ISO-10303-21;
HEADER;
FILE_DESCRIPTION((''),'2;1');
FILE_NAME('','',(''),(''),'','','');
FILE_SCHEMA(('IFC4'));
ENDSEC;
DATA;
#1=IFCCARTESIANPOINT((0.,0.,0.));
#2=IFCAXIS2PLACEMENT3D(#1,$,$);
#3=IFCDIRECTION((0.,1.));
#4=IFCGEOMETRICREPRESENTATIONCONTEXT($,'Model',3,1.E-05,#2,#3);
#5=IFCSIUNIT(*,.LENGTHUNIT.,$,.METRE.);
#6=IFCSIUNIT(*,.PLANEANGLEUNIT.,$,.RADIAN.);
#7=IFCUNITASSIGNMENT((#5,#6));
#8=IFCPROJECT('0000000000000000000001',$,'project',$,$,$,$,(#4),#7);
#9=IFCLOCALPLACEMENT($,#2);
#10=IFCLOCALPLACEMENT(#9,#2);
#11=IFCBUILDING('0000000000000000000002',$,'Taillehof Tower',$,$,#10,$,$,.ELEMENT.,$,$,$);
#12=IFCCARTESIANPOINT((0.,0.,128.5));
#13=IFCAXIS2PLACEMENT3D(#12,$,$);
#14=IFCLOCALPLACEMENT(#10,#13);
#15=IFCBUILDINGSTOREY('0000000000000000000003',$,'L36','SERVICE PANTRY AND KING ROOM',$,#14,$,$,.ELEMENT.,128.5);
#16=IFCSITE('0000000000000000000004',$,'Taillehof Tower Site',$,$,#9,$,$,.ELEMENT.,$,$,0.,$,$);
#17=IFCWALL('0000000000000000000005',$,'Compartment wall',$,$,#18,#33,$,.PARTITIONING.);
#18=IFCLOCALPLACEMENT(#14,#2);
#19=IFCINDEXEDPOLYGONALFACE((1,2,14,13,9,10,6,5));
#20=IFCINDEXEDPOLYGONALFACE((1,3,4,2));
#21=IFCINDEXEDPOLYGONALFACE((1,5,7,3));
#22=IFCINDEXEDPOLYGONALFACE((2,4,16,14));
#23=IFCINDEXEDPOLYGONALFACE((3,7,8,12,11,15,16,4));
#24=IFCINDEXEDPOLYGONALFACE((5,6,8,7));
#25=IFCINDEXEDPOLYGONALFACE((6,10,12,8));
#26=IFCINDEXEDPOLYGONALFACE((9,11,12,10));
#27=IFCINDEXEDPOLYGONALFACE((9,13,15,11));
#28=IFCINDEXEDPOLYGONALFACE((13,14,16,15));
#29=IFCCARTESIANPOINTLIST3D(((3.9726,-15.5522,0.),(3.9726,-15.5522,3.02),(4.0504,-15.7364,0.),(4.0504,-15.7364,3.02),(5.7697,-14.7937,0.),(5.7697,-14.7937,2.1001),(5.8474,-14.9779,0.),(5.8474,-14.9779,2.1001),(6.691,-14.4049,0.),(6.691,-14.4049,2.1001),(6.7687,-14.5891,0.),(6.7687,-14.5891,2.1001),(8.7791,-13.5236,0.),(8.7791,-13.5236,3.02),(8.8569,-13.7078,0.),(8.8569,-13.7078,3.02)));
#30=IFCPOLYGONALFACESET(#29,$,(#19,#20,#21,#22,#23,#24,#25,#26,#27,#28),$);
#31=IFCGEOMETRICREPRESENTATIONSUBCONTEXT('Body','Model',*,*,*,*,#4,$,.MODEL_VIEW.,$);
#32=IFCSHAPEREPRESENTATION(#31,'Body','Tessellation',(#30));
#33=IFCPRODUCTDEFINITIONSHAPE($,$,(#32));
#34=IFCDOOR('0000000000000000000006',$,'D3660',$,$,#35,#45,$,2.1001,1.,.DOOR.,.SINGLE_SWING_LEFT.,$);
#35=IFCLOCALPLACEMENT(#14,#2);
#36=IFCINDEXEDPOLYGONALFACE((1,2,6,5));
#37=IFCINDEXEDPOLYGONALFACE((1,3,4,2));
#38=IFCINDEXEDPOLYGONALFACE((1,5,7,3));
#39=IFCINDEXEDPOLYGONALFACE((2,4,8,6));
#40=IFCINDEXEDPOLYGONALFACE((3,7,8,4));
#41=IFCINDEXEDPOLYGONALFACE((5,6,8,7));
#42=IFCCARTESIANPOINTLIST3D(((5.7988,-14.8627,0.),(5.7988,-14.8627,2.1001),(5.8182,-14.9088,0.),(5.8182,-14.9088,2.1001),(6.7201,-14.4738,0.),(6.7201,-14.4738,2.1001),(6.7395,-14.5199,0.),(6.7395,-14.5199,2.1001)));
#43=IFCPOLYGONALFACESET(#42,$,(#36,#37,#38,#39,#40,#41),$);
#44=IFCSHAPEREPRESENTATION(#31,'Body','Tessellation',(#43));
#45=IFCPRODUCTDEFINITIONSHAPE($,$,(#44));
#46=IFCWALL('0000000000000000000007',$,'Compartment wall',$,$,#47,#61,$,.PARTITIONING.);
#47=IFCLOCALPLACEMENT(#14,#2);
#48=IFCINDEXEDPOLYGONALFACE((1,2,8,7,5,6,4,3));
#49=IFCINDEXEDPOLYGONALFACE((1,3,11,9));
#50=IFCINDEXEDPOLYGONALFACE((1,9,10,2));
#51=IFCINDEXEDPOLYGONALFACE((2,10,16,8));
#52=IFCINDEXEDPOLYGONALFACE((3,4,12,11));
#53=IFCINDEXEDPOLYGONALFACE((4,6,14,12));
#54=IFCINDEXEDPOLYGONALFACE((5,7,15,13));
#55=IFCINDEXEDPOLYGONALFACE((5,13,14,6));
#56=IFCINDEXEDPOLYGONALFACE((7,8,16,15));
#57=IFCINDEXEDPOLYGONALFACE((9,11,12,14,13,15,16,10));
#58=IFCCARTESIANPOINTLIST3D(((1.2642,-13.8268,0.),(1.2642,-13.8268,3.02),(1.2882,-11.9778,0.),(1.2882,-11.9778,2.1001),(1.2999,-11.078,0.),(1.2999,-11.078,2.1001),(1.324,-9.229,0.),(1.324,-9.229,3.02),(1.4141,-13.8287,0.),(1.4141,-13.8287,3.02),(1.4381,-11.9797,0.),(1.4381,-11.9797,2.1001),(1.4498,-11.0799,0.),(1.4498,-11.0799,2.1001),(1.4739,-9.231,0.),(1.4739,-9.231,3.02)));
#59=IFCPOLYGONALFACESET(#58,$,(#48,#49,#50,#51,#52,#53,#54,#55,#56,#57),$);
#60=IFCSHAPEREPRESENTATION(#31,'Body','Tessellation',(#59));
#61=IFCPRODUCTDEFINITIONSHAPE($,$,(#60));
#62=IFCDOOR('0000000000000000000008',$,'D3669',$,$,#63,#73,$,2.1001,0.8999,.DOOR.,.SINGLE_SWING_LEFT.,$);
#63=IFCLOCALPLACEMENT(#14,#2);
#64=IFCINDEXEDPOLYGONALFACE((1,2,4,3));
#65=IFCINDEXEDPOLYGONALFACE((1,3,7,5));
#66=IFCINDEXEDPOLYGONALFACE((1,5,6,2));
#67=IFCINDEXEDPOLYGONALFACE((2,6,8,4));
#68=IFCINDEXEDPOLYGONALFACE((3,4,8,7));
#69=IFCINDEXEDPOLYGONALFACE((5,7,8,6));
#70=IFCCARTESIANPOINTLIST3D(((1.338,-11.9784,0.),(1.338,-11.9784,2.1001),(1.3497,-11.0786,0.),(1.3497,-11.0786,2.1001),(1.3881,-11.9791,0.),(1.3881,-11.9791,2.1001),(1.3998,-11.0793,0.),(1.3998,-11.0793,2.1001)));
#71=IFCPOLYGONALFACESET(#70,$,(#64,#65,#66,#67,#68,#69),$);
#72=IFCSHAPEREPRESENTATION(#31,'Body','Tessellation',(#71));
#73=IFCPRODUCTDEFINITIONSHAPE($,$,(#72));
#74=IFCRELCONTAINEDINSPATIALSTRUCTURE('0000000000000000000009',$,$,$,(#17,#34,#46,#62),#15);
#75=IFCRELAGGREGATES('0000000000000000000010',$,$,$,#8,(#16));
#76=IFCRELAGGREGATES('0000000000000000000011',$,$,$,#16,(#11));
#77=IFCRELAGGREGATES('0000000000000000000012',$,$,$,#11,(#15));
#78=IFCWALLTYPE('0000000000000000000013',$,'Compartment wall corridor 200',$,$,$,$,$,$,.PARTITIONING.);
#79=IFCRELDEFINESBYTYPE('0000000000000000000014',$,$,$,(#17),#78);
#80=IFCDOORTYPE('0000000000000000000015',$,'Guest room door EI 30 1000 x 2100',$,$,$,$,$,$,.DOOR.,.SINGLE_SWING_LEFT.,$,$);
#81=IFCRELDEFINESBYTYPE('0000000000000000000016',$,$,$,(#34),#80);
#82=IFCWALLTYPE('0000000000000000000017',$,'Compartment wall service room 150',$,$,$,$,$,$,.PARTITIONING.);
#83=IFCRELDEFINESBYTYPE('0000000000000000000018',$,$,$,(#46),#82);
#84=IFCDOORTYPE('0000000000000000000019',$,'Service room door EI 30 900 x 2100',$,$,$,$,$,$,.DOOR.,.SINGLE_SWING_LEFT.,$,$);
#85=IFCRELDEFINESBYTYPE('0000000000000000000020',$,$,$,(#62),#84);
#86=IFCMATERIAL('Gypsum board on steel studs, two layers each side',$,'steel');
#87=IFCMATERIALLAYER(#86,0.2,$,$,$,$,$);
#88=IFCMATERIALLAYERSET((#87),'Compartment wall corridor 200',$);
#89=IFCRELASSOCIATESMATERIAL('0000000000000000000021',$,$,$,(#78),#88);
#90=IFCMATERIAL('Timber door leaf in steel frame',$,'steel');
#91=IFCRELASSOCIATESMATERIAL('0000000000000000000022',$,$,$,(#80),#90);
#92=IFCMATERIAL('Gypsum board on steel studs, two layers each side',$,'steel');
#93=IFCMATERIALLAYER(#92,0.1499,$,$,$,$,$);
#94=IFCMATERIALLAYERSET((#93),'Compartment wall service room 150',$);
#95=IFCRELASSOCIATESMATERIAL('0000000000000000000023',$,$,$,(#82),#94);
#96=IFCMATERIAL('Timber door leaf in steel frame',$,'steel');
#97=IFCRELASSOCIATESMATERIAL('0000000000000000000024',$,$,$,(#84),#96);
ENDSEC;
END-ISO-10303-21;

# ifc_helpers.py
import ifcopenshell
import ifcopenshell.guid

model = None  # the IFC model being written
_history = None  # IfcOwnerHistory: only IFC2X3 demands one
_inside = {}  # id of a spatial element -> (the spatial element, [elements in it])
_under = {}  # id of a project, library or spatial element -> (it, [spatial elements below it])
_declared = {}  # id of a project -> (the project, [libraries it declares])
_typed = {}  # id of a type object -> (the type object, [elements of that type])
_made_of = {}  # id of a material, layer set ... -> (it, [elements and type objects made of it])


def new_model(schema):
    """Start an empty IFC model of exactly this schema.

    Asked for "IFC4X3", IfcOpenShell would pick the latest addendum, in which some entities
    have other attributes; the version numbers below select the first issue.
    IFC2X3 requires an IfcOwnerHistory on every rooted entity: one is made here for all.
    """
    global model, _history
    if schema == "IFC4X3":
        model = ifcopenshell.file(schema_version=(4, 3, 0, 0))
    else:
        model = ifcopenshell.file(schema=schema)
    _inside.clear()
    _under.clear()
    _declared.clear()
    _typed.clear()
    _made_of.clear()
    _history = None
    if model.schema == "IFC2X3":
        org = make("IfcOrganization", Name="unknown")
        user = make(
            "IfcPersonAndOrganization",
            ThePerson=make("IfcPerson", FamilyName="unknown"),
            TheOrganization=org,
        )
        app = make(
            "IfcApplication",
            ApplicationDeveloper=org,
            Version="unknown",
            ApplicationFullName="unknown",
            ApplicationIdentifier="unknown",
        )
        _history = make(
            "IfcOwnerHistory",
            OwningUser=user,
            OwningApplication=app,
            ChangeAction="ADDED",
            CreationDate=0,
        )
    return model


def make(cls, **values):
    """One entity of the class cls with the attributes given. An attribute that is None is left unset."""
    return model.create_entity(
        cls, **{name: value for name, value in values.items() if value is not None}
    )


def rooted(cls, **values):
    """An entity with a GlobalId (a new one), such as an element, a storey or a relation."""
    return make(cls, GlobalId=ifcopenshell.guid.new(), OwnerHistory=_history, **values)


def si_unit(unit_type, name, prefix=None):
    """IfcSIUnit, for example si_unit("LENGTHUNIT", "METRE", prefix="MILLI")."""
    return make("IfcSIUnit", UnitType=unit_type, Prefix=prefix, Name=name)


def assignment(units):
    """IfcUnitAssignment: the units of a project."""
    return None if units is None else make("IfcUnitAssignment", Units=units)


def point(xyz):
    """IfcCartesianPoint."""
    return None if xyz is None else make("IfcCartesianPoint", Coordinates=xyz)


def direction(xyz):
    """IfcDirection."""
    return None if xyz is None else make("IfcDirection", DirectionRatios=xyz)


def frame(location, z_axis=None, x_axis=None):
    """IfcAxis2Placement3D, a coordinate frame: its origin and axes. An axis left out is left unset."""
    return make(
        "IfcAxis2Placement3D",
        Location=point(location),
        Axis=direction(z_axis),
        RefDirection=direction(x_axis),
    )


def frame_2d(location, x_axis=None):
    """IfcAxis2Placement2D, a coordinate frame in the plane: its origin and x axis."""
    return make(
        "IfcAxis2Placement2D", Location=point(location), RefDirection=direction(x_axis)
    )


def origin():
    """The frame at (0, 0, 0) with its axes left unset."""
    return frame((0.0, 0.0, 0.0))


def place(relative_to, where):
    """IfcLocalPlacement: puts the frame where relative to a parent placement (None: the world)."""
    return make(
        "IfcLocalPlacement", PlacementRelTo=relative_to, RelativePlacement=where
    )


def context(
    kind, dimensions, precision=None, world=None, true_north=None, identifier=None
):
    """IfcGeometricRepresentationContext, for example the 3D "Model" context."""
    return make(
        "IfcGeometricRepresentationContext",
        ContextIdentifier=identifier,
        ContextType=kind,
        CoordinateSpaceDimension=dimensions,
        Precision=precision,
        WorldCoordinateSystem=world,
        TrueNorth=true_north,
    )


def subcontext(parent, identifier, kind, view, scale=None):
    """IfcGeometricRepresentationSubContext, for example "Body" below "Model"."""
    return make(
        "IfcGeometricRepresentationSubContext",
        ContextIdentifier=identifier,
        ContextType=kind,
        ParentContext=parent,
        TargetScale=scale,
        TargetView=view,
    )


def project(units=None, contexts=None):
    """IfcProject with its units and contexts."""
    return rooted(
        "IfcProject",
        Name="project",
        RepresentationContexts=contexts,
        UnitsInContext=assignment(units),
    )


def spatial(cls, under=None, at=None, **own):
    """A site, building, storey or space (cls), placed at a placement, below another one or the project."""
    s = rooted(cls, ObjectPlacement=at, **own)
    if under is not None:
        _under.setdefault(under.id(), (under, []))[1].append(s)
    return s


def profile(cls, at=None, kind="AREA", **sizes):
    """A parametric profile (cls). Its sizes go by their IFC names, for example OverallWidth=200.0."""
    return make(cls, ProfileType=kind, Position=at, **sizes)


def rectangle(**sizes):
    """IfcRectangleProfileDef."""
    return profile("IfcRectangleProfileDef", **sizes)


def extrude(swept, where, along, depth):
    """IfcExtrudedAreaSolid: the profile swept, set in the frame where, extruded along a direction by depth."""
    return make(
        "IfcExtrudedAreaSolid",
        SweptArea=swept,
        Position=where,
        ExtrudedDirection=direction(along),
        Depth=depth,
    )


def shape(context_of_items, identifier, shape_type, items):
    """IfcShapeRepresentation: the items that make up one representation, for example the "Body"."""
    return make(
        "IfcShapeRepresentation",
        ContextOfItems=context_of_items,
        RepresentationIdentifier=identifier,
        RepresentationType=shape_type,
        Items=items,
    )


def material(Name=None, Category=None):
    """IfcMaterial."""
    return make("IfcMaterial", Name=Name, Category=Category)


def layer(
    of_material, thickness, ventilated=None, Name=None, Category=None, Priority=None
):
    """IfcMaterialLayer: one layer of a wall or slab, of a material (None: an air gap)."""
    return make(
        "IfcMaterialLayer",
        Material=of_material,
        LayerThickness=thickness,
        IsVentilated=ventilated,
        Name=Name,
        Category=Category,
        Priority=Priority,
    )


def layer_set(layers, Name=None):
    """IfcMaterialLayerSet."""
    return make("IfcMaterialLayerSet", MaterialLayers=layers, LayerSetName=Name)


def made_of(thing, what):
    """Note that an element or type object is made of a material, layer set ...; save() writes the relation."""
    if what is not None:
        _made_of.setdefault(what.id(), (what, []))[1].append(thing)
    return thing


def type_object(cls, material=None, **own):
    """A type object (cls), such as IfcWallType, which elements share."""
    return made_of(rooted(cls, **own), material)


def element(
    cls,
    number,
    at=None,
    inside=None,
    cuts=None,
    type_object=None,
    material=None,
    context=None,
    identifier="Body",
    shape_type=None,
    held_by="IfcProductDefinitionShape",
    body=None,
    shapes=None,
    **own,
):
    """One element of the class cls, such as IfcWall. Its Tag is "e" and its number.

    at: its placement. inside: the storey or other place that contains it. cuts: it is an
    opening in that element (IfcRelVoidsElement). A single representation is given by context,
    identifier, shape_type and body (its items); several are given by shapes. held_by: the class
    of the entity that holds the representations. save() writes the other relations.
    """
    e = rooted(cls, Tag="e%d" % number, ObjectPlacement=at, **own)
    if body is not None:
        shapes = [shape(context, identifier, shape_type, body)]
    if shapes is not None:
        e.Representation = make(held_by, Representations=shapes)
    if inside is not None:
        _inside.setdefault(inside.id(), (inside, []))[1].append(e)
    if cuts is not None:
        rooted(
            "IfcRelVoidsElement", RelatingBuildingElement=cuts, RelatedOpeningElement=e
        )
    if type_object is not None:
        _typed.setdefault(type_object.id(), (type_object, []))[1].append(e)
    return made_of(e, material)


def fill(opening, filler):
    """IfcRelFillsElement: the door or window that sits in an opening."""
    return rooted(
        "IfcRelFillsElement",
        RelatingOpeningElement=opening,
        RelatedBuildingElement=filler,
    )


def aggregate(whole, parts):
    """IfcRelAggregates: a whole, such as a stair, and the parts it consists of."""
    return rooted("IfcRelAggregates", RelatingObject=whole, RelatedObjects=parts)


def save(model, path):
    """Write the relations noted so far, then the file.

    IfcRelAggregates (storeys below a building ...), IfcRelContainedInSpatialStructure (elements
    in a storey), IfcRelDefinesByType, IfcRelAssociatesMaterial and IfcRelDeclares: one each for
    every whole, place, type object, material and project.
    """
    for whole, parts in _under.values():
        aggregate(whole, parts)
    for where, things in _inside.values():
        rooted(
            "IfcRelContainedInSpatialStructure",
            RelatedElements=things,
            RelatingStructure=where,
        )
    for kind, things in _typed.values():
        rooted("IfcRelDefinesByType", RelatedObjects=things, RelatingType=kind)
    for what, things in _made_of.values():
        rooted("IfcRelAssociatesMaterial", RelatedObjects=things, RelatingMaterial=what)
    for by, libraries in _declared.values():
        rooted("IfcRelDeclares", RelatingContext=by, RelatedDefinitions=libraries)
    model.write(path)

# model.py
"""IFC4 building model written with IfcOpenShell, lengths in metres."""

from ifc_helpers import new_model, si_unit, direction, frame, frame_2d, origin, place, context, subcontext, project, spatial, rectangle, extrude, material, layer, layer_set, type_object, element, fill, save


model = new_model("IFC4")

# Units and contexts
model_context = context("Model", 3, precision=1e-05, world=origin(), true_north=direction((0.0, 1.0)))
body_context = subcontext(model_context, "Body", "Model", "MODEL_VIEW")
ifc_project = project(units=[si_unit("LENGTHUNIT", "METRE"), si_unit("PLANEANGLEUNIT", "RADIAN")], contexts=[model_context])

# Site, building, storey
site_placement = place(None, origin())
site = spatial("IfcSite", under=ifc_project, at=site_placement, Name="Taillehof Tower Site", CompositionType="ELEMENT", RefElevation=0.0)
building_placement = place(site_placement, origin())
building = spatial("IfcBuilding", under=site, at=building_placement, Name="Taillehof Tower", CompositionType="ELEMENT")
storey_placement = place(building_placement, frame((0.0, 0.0, 128.5)))
storey = spatial("IfcBuildingStorey", under=building, at=storey_placement, Name="L36", Description="SERVICE PANTRY AND KING ROOM", CompositionType="ELEMENT", Elevation=128.5)

# Walls, openings, doors
ifc_material_1 = material(Name="Gypsum board on steel studs, two layers each side", Category="steel")
ifc_layer_1 = layer(ifc_material_1, 0.2)
ifc_layer_set_1 = layer_set([ifc_layer_1], Name="Compartment wall corridor 200")
wall_type_1 = type_object("IfcWallType", Name="Compartment wall corridor 200", PredefinedType="PARTITIONING", material=ifc_layer_set_1)
wall_1_placement = place(storey_placement, frame((8.8179, -13.6157, 0.0), z_axis=(0.0, 0.0, 1.0), x_axis=(-0.921305, -0.388841, 0.0)))
wall_1 = element("IfcWall", 1, at=wall_1_placement, inside=storey, type_object=wall_type_1, Name="Compartment wall", PredefinedType="PARTITIONING", context=body_context, shape_type="SweptSolid", body=[
    extrude(rectangle(XDim=5.217, YDim=0.2, at=frame_2d((2.6084, 0.0))), origin(), (0.0, 0.0, 1.0), 3.02),
])
opening_1_placement = place(wall_1_placement, frame((2.2664, 0.0, 0.0)))
opening_1 = element("IfcOpeningElement", 2, at=opening_1_placement, cuts=wall_1, PredefinedType="OPENING", context=body_context, shape_type="SweptSolid", body=[
    extrude(rectangle(XDim=1.0, YDim=2.1001, at=frame_2d((0.5, 1.05))), frame((0.0, 0.1099, 0.0), z_axis=(0.0, -1.0, 0.0), x_axis=(1.0, 0.0, 0.0)), (0.0, 0.0, 1.0), 0.22),
])
ifc_material_2 = material(Name="Timber door leaf in steel frame", Category="steel")
door_type_1 = type_object("IfcDoorType", Name="Guest room door EI 30 1000 x 2100", OperationType="SINGLE_SWING_LEFT", PredefinedType="DOOR", material=ifc_material_2)
door_1_placement = place(opening_1_placement, origin())
door_1 = element("IfcDoor", 3, at=door_1_placement, inside=storey, type_object=door_type_1, Name="D3660", OperationType="SINGLE_SWING_LEFT", OverallHeight=2.1001, OverallWidth=1.0, PredefinedType="DOOR", context=body_context, shape_type="SweptSolid", body=[
    extrude(rectangle(XDim=1.0, YDim=2.1001, at=frame_2d((0.5, 1.05))), frame((0.0, 0.0249, 0.0), z_axis=(0.0, -1.0, 0.0), x_axis=(1.0, 0.0, 0.0)), (0.0, 0.0, 1.0), 0.05),
])
fill(opening_1, door_1)
ifc_material_3 = material(Name="Gypsum board on steel studs, two layers each side", Category="steel")
ifc_layer_2 = layer(ifc_material_3, 0.1499)
ifc_layer_set_2 = layer_set([ifc_layer_2], Name="Compartment wall service room 150")
wall_type_2 = type_object("IfcWallType", Name="Compartment wall service room 150", PredefinedType="PARTITIONING", material=ifc_layer_set_2)
wall_2_placement = place(storey_placement, frame((1.3989, -9.23, 0.0), z_axis=(0.0, 0.0, 1.0), x_axis=(-0.013009, -0.999915, 0.0)))
wall_2 = element("IfcWall", 4, at=wall_2_placement, inside=storey, type_object=wall_type_2, Name="Compartment wall", PredefinedType="PARTITIONING", context=body_context, shape_type="SweptSolid", body=[
    extrude(rectangle(XDim=4.5981, YDim=0.1499, at=frame_2d((2.2991, 0.0))), origin(), (0.0, 0.0, 1.0), 3.02),
])
opening_2_placement = place(wall_2_placement, frame((1.8491, 0.0, 0.0)))
opening_2 = element("IfcOpeningElement", 5, at=opening_2_placement, cuts=wall_2, PredefinedType="OPENING", context=body_context, shape_type="SweptSolid", body=[
    extrude(rectangle(XDim=0.8999, YDim=2.1001, at=frame_2d((0.45, 1.05))), frame((0.0, 0.085, 0.0), z_axis=(0.0, -1.0, 0.0), x_axis=(1.0, 0.0, 0.0)), (0.0, 0.0, 1.0), 0.1699),
])
ifc_material_4 = material(Name="Timber door leaf in steel frame", Category="steel")
door_type_2 = type_object("IfcDoorType", Name="Service room door EI 30 900 x 2100", OperationType="SINGLE_SWING_LEFT", PredefinedType="DOOR", material=ifc_material_4)
door_2_placement = place(opening_2_placement, origin())
door_2 = element("IfcDoor", 6, at=door_2_placement, inside=storey, type_object=door_type_2, Name="D3669", OperationType="SINGLE_SWING_LEFT", OverallHeight=2.1001, OverallWidth=0.8999, PredefinedType="DOOR", context=body_context, shape_type="SweptSolid", body=[
    extrude(rectangle(XDim=0.8999, YDim=2.1001, at=frame_2d((0.45, 1.05))), frame((0.0, 0.0249, 0.0), z_axis=(0.0, -1.0, 0.0), x_axis=(1.0, 0.0, 0.0)), (0.0, 0.0, 1.0), 0.05),
])
fill(opening_2, door_2)

save(model, "model.ifc")
